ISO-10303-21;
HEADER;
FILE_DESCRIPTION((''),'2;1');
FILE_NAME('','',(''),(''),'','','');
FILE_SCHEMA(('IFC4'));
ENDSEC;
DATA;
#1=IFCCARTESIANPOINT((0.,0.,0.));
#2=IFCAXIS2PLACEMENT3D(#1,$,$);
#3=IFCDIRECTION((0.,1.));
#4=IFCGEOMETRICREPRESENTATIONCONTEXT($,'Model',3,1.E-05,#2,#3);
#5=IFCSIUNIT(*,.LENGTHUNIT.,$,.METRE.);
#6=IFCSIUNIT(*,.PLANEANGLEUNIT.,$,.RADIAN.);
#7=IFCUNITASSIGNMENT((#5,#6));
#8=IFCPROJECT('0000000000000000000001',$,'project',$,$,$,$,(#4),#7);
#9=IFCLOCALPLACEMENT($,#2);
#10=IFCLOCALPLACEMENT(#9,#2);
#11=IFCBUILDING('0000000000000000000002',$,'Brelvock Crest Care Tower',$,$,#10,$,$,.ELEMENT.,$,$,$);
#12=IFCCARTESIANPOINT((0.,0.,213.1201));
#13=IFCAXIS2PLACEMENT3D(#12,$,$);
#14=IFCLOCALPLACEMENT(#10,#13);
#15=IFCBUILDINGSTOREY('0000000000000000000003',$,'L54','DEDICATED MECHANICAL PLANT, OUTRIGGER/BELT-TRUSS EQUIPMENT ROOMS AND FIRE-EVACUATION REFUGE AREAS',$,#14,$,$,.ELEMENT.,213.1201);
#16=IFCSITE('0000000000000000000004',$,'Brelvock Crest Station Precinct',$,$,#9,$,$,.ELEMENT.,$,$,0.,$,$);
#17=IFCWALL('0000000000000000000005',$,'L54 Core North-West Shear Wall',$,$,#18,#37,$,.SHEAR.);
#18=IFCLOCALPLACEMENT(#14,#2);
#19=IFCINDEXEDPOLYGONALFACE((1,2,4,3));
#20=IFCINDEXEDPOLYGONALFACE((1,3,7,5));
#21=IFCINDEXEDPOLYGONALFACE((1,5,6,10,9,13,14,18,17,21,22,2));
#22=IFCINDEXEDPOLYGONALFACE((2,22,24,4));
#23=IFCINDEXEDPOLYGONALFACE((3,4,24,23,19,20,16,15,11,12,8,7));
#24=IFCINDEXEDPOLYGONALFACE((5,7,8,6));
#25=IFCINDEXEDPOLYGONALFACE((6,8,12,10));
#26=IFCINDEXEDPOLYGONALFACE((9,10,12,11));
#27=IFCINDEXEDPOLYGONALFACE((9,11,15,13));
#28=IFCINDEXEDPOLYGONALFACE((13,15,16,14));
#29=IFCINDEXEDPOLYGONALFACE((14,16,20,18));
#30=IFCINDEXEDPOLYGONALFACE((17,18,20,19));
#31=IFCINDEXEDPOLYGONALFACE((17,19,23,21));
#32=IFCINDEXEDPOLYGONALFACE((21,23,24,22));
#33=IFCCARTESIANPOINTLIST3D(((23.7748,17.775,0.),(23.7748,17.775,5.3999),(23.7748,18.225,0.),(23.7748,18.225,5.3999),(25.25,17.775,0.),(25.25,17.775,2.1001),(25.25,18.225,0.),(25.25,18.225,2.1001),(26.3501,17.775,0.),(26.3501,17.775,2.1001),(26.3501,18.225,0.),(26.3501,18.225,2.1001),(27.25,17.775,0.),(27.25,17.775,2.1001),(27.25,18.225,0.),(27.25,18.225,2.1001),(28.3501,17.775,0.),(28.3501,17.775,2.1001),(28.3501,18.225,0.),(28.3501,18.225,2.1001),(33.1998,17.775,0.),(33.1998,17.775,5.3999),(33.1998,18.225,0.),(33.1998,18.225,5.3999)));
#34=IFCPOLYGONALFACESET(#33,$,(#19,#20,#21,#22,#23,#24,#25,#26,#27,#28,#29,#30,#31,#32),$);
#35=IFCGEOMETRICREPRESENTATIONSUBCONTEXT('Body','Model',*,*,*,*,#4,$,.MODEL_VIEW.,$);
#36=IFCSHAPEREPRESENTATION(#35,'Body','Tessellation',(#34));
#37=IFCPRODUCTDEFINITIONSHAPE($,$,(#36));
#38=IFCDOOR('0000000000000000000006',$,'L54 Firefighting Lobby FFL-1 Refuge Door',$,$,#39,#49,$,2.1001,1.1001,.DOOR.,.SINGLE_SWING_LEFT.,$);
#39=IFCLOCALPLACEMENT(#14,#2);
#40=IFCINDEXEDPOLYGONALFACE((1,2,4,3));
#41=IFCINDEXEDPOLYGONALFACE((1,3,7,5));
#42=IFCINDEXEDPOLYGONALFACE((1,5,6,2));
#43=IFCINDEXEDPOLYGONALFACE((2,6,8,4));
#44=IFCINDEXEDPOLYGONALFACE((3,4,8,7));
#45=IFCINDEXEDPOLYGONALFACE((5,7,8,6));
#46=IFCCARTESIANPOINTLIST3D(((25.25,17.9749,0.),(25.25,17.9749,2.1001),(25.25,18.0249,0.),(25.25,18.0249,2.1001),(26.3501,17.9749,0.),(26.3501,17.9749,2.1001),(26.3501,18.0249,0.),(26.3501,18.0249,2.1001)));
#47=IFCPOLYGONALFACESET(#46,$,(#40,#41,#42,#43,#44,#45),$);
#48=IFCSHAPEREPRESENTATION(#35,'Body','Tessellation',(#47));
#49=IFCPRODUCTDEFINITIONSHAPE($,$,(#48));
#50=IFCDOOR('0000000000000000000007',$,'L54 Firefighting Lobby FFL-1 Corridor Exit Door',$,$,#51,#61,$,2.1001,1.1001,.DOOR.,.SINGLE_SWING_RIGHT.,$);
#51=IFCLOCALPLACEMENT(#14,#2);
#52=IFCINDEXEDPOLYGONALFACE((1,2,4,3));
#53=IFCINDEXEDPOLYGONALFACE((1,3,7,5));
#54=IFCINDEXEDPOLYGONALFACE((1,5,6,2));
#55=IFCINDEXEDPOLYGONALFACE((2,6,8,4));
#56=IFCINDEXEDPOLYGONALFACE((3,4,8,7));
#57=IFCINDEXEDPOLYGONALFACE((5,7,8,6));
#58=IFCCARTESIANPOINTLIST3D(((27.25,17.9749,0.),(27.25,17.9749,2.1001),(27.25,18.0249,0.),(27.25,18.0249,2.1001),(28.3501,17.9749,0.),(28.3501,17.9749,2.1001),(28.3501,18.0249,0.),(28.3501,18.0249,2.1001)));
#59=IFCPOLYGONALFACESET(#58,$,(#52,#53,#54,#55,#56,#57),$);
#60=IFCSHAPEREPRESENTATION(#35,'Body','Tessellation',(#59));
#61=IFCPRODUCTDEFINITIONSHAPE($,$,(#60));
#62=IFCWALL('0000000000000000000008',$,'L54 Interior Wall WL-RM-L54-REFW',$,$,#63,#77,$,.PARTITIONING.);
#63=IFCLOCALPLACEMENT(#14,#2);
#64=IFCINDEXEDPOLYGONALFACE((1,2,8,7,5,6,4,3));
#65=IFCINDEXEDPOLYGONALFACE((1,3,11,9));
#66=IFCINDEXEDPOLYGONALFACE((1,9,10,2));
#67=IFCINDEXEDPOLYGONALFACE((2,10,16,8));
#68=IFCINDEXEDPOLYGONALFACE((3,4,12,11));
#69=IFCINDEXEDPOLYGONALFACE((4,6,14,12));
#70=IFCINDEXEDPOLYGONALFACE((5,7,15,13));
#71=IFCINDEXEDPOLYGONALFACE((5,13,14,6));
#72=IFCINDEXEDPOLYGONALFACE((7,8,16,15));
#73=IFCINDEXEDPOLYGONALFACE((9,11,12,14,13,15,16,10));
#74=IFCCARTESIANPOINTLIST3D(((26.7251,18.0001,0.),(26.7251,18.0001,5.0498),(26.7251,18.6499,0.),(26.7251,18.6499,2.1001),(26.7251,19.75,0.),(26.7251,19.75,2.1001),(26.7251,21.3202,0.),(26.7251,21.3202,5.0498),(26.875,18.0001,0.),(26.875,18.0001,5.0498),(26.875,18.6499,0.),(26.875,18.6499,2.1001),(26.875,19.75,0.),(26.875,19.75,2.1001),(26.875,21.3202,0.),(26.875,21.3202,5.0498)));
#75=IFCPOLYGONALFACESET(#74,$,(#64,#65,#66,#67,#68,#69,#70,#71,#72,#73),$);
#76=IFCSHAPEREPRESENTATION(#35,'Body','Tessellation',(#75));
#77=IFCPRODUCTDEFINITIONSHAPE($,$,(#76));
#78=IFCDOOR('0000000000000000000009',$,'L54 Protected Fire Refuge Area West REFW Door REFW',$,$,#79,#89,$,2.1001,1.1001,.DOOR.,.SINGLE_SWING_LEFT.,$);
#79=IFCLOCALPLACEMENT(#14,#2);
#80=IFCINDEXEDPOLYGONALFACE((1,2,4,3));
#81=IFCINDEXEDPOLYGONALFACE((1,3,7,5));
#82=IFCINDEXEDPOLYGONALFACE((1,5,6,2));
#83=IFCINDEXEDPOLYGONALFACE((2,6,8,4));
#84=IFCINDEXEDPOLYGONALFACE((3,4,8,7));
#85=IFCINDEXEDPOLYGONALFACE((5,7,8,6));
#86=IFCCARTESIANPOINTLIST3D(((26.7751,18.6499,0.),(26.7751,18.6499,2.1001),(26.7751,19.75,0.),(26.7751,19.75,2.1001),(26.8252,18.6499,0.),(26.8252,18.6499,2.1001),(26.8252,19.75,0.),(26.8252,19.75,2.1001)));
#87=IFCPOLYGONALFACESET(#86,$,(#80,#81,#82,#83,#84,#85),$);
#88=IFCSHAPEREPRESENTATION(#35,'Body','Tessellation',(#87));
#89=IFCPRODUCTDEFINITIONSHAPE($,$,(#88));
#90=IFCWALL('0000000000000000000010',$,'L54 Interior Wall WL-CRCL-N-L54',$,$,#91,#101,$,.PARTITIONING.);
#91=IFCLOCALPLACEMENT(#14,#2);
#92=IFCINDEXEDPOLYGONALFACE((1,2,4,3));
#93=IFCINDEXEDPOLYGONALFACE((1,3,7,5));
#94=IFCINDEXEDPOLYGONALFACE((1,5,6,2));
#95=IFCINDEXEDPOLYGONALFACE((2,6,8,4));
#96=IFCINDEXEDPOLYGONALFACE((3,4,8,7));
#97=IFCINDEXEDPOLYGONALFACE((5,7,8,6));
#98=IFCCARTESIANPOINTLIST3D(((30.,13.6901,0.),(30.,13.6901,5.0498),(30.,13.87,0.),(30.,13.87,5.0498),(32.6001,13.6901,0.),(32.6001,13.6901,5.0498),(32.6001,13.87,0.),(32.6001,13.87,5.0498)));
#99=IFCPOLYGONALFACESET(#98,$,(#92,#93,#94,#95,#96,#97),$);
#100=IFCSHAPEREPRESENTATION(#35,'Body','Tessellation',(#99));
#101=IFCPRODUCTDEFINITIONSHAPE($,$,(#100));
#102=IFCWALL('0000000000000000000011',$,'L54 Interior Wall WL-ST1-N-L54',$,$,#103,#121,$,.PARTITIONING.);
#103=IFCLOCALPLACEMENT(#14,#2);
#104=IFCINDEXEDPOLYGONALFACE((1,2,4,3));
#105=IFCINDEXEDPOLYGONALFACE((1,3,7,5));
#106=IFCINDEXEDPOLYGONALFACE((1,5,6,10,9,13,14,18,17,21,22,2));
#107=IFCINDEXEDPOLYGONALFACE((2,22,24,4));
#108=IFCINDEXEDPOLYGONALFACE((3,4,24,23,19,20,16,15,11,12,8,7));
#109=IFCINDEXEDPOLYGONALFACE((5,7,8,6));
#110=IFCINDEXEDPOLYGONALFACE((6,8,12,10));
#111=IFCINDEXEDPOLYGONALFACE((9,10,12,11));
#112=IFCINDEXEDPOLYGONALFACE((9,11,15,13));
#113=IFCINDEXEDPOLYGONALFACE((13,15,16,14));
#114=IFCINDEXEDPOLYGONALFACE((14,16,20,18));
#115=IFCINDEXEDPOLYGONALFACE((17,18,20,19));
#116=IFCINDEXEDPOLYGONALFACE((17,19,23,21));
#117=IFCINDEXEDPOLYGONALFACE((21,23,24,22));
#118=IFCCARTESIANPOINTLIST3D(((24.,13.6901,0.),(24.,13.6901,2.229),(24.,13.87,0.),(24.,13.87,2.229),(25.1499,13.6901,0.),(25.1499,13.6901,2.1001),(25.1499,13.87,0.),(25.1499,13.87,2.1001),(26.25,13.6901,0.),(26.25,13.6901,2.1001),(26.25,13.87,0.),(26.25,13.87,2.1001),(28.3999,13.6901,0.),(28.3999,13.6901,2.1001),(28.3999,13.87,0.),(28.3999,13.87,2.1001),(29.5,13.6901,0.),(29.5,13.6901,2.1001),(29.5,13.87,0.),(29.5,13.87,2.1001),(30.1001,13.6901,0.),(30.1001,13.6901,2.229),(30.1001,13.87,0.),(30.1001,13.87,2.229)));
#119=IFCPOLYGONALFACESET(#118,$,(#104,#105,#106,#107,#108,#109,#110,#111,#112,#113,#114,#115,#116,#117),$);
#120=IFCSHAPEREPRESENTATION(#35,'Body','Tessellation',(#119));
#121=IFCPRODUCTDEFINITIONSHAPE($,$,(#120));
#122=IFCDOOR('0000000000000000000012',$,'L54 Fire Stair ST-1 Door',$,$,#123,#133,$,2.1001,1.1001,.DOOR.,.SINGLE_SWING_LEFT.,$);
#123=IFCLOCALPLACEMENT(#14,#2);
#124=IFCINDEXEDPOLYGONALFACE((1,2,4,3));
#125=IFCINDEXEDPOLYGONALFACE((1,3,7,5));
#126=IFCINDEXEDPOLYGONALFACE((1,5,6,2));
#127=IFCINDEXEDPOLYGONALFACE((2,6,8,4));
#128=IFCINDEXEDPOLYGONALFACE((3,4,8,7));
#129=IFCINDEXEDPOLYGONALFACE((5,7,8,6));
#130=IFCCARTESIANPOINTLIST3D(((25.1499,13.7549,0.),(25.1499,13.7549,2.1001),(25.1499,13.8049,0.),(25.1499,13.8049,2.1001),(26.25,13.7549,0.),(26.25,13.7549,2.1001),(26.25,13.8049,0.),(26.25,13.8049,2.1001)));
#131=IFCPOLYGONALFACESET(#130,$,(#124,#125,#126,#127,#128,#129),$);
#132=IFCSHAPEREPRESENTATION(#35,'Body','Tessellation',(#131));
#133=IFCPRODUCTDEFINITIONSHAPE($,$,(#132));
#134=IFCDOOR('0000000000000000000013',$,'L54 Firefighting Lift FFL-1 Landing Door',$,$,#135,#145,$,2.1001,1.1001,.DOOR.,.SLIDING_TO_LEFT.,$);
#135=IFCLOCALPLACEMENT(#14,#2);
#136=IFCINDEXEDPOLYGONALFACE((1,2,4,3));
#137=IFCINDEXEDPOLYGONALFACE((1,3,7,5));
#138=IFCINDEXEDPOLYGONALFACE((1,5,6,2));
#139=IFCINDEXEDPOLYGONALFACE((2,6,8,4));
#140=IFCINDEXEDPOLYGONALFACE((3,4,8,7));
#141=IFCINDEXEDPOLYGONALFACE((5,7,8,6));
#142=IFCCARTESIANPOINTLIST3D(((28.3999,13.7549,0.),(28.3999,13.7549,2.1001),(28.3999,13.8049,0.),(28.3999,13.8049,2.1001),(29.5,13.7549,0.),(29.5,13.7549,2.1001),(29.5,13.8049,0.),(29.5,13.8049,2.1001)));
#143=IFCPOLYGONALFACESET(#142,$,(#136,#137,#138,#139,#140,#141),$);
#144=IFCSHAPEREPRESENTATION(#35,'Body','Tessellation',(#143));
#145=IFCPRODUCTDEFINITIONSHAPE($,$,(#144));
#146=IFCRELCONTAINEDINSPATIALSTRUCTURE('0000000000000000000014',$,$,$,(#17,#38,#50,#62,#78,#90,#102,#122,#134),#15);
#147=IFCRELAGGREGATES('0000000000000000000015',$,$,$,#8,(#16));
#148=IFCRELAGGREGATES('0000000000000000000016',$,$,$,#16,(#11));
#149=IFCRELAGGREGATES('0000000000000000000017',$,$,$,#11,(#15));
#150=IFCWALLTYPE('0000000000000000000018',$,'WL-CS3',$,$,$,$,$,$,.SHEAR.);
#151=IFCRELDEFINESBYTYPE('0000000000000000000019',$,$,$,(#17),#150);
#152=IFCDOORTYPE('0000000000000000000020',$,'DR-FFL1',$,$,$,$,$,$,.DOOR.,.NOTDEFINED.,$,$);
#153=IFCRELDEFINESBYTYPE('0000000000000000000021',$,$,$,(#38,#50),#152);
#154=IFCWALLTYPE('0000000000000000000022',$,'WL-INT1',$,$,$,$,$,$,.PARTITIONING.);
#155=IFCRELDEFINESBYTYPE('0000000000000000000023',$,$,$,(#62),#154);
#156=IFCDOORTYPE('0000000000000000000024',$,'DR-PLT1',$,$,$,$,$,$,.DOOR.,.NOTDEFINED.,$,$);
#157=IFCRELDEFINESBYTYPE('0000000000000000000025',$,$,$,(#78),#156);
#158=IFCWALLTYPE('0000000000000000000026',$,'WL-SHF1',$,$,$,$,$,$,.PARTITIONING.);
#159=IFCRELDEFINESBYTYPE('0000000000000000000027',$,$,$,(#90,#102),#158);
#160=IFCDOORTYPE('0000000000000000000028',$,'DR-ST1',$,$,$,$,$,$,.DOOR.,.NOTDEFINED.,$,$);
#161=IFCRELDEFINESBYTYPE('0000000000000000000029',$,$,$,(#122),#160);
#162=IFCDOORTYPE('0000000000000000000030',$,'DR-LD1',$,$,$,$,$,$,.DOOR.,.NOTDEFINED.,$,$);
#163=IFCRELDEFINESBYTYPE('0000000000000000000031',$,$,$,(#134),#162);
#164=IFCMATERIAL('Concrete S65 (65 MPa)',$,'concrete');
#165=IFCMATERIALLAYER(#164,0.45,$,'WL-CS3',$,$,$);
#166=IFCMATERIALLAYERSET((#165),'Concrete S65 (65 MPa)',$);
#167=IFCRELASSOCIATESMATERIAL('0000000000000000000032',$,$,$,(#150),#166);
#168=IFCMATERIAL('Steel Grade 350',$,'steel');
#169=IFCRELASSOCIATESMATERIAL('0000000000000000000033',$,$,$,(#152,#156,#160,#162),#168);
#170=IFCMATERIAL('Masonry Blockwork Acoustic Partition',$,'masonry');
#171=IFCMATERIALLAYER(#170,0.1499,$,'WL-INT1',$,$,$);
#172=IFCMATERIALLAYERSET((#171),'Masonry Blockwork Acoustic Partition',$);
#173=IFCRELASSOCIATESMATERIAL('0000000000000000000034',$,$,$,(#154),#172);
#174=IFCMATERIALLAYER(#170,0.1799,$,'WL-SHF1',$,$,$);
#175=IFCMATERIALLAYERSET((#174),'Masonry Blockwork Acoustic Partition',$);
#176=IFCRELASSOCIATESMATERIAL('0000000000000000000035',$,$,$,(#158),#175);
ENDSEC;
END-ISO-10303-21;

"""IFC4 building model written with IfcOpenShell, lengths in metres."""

from ifc_helpers import new_model, si_unit, direction, frame, frame_2d, origin, origin_2d, place, context, subcontext, project, spatial, rectangle, extrude, source, transform, mapped, material, layer, layer_set, type_object, element, fill, save


model = new_model("IFC4")

# Units and contexts
model_context = context("Model", 3, precision=1e-05, world=origin(), true_north=direction((0.0, 1.0)))
body_context = subcontext(model_context, "Body", "Model", "MODEL_VIEW")
ifc_project = project(units=[si_unit("LENGTHUNIT", "METRE"), si_unit("PLANEANGLEUNIT", "RADIAN")], contexts=[model_context])

# Site, building, storey
site_placement = place(None, origin())
site = spatial("IfcSite", under=ifc_project, at=site_placement, Name="Brelvock Crest Station Precinct", CompositionType="ELEMENT", RefElevation=0.0)
building_placement = place(site_placement, origin())
building = spatial("IfcBuilding", under=site, at=building_placement, Name="Brelvock Crest Care Tower", CompositionType="ELEMENT")
storey_placement = place(building_placement, frame((0.0, 0.0, 213.1201)))
storey = spatial("IfcBuildingStorey", under=building, at=storey_placement, Name="L54", Description="DEDICATED MECHANICAL PLANT, OUTRIGGER/BELT-TRUSS EQUIPMENT ROOMS AND FIRE-EVACUATION REFUGE AREAS", CompositionType="ELEMENT", Elevation=213.1201)

# Shared definitions
ifc_material_1 = material(Name="Concrete S65 (65 MPa)", Category="concrete")

# Shared definitions
ifc_material_2 = material(Name="Steel Grade 350", Category="steel")

# Wall, openings, doors
ifc_layer_1 = layer(ifc_material_1, 0.45, Name="WL-CS3")
ifc_layer_set_1 = layer_set([ifc_layer_1], Name="Concrete S65 (65 MPa)")
wall_type_1 = type_object("IfcWallType", Name="WL-CS3", PredefinedType="SHEAR", material=ifc_layer_set_1)
wall_1_placement = place(storey_placement, frame((23.7749, 18.0, 0.0), z_axis=(0.0, 0.0, 1.0), x_axis=(1.0, 0.0, 0.0)))
wall_1 = element("IfcWall", 1, at=wall_1_placement, inside=storey, type_object=wall_type_1, Name="L54 Core North-West Shear Wall", PredefinedType="SHEAR", context=body_context, shape_type="SweptSolid", body=[
    extrude(rectangle(XDim=9.425, YDim=0.45, at=frame_2d((4.7124, 0.0))), origin(), (0.0, 0.0, 1.0), 5.3999),
])
opening_1_placement = place(wall_1_placement, frame((1.4751, 0.0, 0.0)))
opening_1 = element("IfcOpeningElement", 2, at=opening_1_placement, cuts=wall_1, PredefinedType="OPENING", context=body_context, shape_type="SweptSolid", body=[
    extrude(rectangle(XDim=1.1001, YDim=2.1001, at=origin_2d()), frame((0.55, 0.2349, 1.05), z_axis=(0.0, -1.0, 0.0), x_axis=(1.0, 0.0, 0.0)), (0.0, 0.0, 1.0), 0.47),
])
opening_2_placement = place(wall_1_placement, frame((3.4751, 0.0, 0.0)))
opening_2 = element("IfcOpeningElement", 3, at=opening_2_placement, cuts=wall_1, PredefinedType="OPENING", context=body_context, shape_type="SweptSolid", body=[
    extrude(rectangle(XDim=1.1001, YDim=2.1001, at=origin_2d()), frame((0.55, 0.2349, 1.05), z_axis=(0.0, -1.0, 0.0), x_axis=(1.0, 0.0, 0.0)), (0.0, 0.0, 1.0), 0.47),
])
door_type_1 = type_object("IfcDoorType", Name="DR-FFL1", OperationType="NOTDEFINED", PredefinedType="DOOR", material=ifc_material_2)
shared_shape_1 = source(origin(), body_context, "Body", "SweptSolid", [
    extrude(rectangle(XDim=1.1001, YDim=2.1001, at=origin_2d()), frame((0.55, 0.0249, 1.05), z_axis=(0.0, -1.0, 0.0), x_axis=(1.0, 0.0, 0.0)), (0.0, 0.0, 1.0), 0.05),
])
door_1_placement = place(opening_1_placement, origin())
door_1 = element("IfcDoor", 4, at=door_1_placement, inside=storey, type_object=door_type_1, Name="L54 Firefighting Lobby FFL-1 Refuge Door", OperationType="SINGLE_SWING_LEFT", OverallHeight=2.1001, OverallWidth=1.1001, PredefinedType="DOOR", context=body_context, shape_type="MappedRepresentation", body=[
    mapped(shared_shape_1, transform((0.0, 0.0, 0.0), x_axis=(1.0, 0.0, 0.0), y_axis=(0.0, 1.0, 0.0), z_axis=(0.0, 0.0, 1.0), scale=1.0)),
])
fill(opening_1, door_1)
door_2_placement = place(opening_2_placement, origin())
door_2 = element("IfcDoor", 5, at=door_2_placement, inside=storey, type_object=door_type_1, Name="L54 Firefighting Lobby FFL-1 Corridor Exit Door", OperationType="SINGLE_SWING_RIGHT", OverallHeight=2.1001, OverallWidth=1.1001, PredefinedType="DOOR", context=body_context, shape_type="MappedRepresentation", body=[
    mapped(shared_shape_1, transform((0.0, 0.0, 0.0), x_axis=(1.0, 0.0, 0.0), y_axis=(0.0, 1.0, 0.0), z_axis=(0.0, 0.0, 1.0), scale=1.0)),
])
fill(opening_2, door_2)

# Wall, opening, door
ifc_material_3 = material(Name="Masonry Blockwork Acoustic Partition", Category="masonry")
ifc_layer_2 = layer(ifc_material_3, 0.1499, Name="WL-INT1")
ifc_layer_set_2 = layer_set([ifc_layer_2], Name="Masonry Blockwork Acoustic Partition")
wall_type_2 = type_object("IfcWallType", Name="WL-INT1", PredefinedType="PARTITIONING", material=ifc_layer_set_2)
wall_2_placement = place(storey_placement, frame((26.8, 18.0, 0.0), z_axis=(0.0, 0.0, 1.0), x_axis=(0.0, 1.0, 0.0)))
wall_2 = element("IfcWall", 6, at=wall_2_placement, inside=storey, type_object=wall_type_2, Name="L54 Interior Wall WL-RM-L54-REFW", PredefinedType="PARTITIONING", context=body_context, shape_type="SweptSolid", body=[
    extrude(rectangle(XDim=3.3201, YDim=0.1499, at=frame_2d((1.6602, 0.0))), origin(), (0.0, 0.0, 1.0), 5.0498),
])
opening_3_placement = place(wall_2_placement, frame((0.6499, 0.0, 0.0)))
opening_3 = element("IfcOpeningElement", 7, at=opening_3_placement, cuts=wall_2, PredefinedType="OPENING", context=body_context, shape_type="SweptSolid", body=[
    extrude(rectangle(XDim=1.1001, YDim=2.1001, at=origin_2d()), frame((0.55, 0.085, 1.05), z_axis=(0.0, -1.0, 0.0), x_axis=(1.0, 0.0, 0.0)), (0.0, 0.0, 1.0), 0.1699),
])
door_type_2 = type_object("IfcDoorType", Name="DR-PLT1", OperationType="NOTDEFINED", PredefinedType="DOOR", material=ifc_material_2)
shared_shape_2 = source(origin(), body_context, "Body", "SweptSolid", [
    extrude(rectangle(XDim=1.1001, YDim=2.1001, at=origin_2d()), frame((0.55, 0.0249, 1.05), z_axis=(0.0, -1.0, 0.0), x_axis=(1.0, 0.0, 0.0)), (0.0, 0.0, 1.0), 0.05),
])
door_3_placement = place(opening_3_placement, origin())
door_3 = element("IfcDoor", 8, at=door_3_placement, inside=storey, type_object=door_type_2, Name="L54 Protected Fire Refuge Area West REFW Door REFW", OperationType="SINGLE_SWING_LEFT", OverallHeight=2.1001, OverallWidth=1.1001, PredefinedType="DOOR", context=body_context, shape_type="MappedRepresentation", body=[
    mapped(shared_shape_2, transform((0.0, 0.0, 0.0), x_axis=(1.0, 0.0, 0.0), y_axis=(0.0, 1.0, 0.0), z_axis=(0.0, 0.0, 1.0), scale=1.0)),
])
fill(opening_3, door_3)

# Wall
ifc_layer_3 = layer(ifc_material_3, 0.1799, Name="WL-SHF1")
ifc_layer_set_3 = layer_set([ifc_layer_3], Name="Masonry Blockwork Acoustic Partition")
wall_type_3 = type_object("IfcWallType", Name="WL-SHF1", PredefinedType="PARTITIONING", material=ifc_layer_set_3)
wall_3_placement = place(storey_placement, frame((30.0, 13.78, 0.0), z_axis=(0.0, 0.0, 1.0), x_axis=(1.0, 0.0, 0.0)))
element("IfcWall", 9, at=wall_3_placement, inside=storey, type_object=wall_type_3, Name="L54 Interior Wall WL-CRCL-N-L54", PredefinedType="PARTITIONING", context=body_context, shape_type="SweptSolid", body=[
    extrude(rectangle(XDim=2.6001, YDim=0.1799, at=frame_2d((1.3, 0.0))), origin(), (0.0, 0.0, 1.0), 5.0498),
])

# Wall, openings, doors
wall_4_placement = place(storey_placement, frame((24.0, 13.78, 0.0), z_axis=(0.0, 0.0, 1.0), x_axis=(1.0, 0.0, 0.0)))
wall_4 = element("IfcWall", 10, at=wall_4_placement, inside=storey, type_object=wall_type_3, Name="L54 Interior Wall WL-ST1-N-L54", PredefinedType="PARTITIONING", context=body_context, shape_type="SweptSolid", body=[
    extrude(rectangle(XDim=6.1001, YDim=0.1799, at=frame_2d((3.05, 0.0))), origin(), (0.0, 0.0, 1.0), 2.229),
])
opening_4_placement = place(wall_4_placement, frame((1.1499, 0.0, 0.0)))
opening_4 = element("IfcOpeningElement", 11, at=opening_4_placement, cuts=wall_4, PredefinedType="OPENING", context=body_context, shape_type="SweptSolid", body=[
    extrude(rectangle(XDim=1.1001, YDim=2.1001, at=origin_2d()), frame((0.55, 0.1001, 1.05), z_axis=(0.0, -1.0, 0.0), x_axis=(1.0, 0.0, 0.0)), (0.0, 0.0, 1.0), 0.2),
])
opening_5_placement = place(wall_4_placement, frame((4.3999, 0.0, 0.0)))
opening_5 = element("IfcOpeningElement", 12, at=opening_5_placement, cuts=wall_4, PredefinedType="OPENING", context=body_context, shape_type="SweptSolid", body=[
    extrude(rectangle(XDim=1.1001, YDim=2.1001, at=origin_2d()), frame((0.55, 0.1001, 1.05), z_axis=(0.0, -1.0, 0.0), x_axis=(1.0, 0.0, 0.0)), (0.0, 0.0, 1.0), 0.2),
])
door_type_3 = type_object("IfcDoorType", Name="DR-ST1", OperationType="NOTDEFINED", PredefinedType="DOOR", material=ifc_material_2)
shared_shape_3 = source(origin(), body_context, "Body", "SweptSolid", [
    extrude(rectangle(XDim=1.1001, YDim=2.1001, at=origin_2d()), frame((0.55, 0.0249, 1.05), z_axis=(0.0, -1.0, 0.0), x_axis=(1.0, 0.0, 0.0)), (0.0, 0.0, 1.0), 0.05),
])
door_4_placement = place(opening_4_placement, origin())
door_4 = element("IfcDoor", 13, at=door_4_placement, inside=storey, type_object=door_type_3, Name="L54 Fire Stair ST-1 Door", OperationType="SINGLE_SWING_LEFT", OverallHeight=2.1001, OverallWidth=1.1001, PredefinedType="DOOR", context=body_context, shape_type="MappedRepresentation", body=[
    mapped(shared_shape_3, transform((0.0, 0.0, 0.0), x_axis=(1.0, 0.0, 0.0), y_axis=(0.0, 1.0, 0.0), z_axis=(0.0, 0.0, 1.0), scale=1.0)),
])
fill(opening_4, door_4)
door_type_4 = type_object("IfcDoorType", Name="DR-LD1", OperationType="NOTDEFINED", PredefinedType="DOOR", material=ifc_material_2)
shared_shape_4 = source(origin(), body_context, "Body", "SweptSolid", [
    extrude(rectangle(XDim=1.1001, YDim=2.1001, at=origin_2d()), frame((0.55, 0.0249, 1.05), z_axis=(0.0, -1.0, 0.0), x_axis=(1.0, 0.0, 0.0)), (0.0, 0.0, 1.0), 0.05),
])
door_5_placement = place(opening_5_placement, origin())
door_5 = element("IfcDoor", 14, at=door_5_placement, inside=storey, type_object=door_type_4, Name="L54 Firefighting Lift FFL-1 Landing Door", OperationType="SLIDING_TO_LEFT", OverallHeight=2.1001, OverallWidth=1.1001, PredefinedType="DOOR", context=body_context, shape_type="MappedRepresentation", body=[
    mapped(shared_shape_4, transform((0.0, 0.0, 0.0), x_axis=(1.0, 0.0, 0.0), y_axis=(0.0, 1.0, 0.0), z_axis=(0.0, 0.0, 1.0), scale=1.0)),
])
fill(opening_5, door_5)

save(model, "model.ifc")
